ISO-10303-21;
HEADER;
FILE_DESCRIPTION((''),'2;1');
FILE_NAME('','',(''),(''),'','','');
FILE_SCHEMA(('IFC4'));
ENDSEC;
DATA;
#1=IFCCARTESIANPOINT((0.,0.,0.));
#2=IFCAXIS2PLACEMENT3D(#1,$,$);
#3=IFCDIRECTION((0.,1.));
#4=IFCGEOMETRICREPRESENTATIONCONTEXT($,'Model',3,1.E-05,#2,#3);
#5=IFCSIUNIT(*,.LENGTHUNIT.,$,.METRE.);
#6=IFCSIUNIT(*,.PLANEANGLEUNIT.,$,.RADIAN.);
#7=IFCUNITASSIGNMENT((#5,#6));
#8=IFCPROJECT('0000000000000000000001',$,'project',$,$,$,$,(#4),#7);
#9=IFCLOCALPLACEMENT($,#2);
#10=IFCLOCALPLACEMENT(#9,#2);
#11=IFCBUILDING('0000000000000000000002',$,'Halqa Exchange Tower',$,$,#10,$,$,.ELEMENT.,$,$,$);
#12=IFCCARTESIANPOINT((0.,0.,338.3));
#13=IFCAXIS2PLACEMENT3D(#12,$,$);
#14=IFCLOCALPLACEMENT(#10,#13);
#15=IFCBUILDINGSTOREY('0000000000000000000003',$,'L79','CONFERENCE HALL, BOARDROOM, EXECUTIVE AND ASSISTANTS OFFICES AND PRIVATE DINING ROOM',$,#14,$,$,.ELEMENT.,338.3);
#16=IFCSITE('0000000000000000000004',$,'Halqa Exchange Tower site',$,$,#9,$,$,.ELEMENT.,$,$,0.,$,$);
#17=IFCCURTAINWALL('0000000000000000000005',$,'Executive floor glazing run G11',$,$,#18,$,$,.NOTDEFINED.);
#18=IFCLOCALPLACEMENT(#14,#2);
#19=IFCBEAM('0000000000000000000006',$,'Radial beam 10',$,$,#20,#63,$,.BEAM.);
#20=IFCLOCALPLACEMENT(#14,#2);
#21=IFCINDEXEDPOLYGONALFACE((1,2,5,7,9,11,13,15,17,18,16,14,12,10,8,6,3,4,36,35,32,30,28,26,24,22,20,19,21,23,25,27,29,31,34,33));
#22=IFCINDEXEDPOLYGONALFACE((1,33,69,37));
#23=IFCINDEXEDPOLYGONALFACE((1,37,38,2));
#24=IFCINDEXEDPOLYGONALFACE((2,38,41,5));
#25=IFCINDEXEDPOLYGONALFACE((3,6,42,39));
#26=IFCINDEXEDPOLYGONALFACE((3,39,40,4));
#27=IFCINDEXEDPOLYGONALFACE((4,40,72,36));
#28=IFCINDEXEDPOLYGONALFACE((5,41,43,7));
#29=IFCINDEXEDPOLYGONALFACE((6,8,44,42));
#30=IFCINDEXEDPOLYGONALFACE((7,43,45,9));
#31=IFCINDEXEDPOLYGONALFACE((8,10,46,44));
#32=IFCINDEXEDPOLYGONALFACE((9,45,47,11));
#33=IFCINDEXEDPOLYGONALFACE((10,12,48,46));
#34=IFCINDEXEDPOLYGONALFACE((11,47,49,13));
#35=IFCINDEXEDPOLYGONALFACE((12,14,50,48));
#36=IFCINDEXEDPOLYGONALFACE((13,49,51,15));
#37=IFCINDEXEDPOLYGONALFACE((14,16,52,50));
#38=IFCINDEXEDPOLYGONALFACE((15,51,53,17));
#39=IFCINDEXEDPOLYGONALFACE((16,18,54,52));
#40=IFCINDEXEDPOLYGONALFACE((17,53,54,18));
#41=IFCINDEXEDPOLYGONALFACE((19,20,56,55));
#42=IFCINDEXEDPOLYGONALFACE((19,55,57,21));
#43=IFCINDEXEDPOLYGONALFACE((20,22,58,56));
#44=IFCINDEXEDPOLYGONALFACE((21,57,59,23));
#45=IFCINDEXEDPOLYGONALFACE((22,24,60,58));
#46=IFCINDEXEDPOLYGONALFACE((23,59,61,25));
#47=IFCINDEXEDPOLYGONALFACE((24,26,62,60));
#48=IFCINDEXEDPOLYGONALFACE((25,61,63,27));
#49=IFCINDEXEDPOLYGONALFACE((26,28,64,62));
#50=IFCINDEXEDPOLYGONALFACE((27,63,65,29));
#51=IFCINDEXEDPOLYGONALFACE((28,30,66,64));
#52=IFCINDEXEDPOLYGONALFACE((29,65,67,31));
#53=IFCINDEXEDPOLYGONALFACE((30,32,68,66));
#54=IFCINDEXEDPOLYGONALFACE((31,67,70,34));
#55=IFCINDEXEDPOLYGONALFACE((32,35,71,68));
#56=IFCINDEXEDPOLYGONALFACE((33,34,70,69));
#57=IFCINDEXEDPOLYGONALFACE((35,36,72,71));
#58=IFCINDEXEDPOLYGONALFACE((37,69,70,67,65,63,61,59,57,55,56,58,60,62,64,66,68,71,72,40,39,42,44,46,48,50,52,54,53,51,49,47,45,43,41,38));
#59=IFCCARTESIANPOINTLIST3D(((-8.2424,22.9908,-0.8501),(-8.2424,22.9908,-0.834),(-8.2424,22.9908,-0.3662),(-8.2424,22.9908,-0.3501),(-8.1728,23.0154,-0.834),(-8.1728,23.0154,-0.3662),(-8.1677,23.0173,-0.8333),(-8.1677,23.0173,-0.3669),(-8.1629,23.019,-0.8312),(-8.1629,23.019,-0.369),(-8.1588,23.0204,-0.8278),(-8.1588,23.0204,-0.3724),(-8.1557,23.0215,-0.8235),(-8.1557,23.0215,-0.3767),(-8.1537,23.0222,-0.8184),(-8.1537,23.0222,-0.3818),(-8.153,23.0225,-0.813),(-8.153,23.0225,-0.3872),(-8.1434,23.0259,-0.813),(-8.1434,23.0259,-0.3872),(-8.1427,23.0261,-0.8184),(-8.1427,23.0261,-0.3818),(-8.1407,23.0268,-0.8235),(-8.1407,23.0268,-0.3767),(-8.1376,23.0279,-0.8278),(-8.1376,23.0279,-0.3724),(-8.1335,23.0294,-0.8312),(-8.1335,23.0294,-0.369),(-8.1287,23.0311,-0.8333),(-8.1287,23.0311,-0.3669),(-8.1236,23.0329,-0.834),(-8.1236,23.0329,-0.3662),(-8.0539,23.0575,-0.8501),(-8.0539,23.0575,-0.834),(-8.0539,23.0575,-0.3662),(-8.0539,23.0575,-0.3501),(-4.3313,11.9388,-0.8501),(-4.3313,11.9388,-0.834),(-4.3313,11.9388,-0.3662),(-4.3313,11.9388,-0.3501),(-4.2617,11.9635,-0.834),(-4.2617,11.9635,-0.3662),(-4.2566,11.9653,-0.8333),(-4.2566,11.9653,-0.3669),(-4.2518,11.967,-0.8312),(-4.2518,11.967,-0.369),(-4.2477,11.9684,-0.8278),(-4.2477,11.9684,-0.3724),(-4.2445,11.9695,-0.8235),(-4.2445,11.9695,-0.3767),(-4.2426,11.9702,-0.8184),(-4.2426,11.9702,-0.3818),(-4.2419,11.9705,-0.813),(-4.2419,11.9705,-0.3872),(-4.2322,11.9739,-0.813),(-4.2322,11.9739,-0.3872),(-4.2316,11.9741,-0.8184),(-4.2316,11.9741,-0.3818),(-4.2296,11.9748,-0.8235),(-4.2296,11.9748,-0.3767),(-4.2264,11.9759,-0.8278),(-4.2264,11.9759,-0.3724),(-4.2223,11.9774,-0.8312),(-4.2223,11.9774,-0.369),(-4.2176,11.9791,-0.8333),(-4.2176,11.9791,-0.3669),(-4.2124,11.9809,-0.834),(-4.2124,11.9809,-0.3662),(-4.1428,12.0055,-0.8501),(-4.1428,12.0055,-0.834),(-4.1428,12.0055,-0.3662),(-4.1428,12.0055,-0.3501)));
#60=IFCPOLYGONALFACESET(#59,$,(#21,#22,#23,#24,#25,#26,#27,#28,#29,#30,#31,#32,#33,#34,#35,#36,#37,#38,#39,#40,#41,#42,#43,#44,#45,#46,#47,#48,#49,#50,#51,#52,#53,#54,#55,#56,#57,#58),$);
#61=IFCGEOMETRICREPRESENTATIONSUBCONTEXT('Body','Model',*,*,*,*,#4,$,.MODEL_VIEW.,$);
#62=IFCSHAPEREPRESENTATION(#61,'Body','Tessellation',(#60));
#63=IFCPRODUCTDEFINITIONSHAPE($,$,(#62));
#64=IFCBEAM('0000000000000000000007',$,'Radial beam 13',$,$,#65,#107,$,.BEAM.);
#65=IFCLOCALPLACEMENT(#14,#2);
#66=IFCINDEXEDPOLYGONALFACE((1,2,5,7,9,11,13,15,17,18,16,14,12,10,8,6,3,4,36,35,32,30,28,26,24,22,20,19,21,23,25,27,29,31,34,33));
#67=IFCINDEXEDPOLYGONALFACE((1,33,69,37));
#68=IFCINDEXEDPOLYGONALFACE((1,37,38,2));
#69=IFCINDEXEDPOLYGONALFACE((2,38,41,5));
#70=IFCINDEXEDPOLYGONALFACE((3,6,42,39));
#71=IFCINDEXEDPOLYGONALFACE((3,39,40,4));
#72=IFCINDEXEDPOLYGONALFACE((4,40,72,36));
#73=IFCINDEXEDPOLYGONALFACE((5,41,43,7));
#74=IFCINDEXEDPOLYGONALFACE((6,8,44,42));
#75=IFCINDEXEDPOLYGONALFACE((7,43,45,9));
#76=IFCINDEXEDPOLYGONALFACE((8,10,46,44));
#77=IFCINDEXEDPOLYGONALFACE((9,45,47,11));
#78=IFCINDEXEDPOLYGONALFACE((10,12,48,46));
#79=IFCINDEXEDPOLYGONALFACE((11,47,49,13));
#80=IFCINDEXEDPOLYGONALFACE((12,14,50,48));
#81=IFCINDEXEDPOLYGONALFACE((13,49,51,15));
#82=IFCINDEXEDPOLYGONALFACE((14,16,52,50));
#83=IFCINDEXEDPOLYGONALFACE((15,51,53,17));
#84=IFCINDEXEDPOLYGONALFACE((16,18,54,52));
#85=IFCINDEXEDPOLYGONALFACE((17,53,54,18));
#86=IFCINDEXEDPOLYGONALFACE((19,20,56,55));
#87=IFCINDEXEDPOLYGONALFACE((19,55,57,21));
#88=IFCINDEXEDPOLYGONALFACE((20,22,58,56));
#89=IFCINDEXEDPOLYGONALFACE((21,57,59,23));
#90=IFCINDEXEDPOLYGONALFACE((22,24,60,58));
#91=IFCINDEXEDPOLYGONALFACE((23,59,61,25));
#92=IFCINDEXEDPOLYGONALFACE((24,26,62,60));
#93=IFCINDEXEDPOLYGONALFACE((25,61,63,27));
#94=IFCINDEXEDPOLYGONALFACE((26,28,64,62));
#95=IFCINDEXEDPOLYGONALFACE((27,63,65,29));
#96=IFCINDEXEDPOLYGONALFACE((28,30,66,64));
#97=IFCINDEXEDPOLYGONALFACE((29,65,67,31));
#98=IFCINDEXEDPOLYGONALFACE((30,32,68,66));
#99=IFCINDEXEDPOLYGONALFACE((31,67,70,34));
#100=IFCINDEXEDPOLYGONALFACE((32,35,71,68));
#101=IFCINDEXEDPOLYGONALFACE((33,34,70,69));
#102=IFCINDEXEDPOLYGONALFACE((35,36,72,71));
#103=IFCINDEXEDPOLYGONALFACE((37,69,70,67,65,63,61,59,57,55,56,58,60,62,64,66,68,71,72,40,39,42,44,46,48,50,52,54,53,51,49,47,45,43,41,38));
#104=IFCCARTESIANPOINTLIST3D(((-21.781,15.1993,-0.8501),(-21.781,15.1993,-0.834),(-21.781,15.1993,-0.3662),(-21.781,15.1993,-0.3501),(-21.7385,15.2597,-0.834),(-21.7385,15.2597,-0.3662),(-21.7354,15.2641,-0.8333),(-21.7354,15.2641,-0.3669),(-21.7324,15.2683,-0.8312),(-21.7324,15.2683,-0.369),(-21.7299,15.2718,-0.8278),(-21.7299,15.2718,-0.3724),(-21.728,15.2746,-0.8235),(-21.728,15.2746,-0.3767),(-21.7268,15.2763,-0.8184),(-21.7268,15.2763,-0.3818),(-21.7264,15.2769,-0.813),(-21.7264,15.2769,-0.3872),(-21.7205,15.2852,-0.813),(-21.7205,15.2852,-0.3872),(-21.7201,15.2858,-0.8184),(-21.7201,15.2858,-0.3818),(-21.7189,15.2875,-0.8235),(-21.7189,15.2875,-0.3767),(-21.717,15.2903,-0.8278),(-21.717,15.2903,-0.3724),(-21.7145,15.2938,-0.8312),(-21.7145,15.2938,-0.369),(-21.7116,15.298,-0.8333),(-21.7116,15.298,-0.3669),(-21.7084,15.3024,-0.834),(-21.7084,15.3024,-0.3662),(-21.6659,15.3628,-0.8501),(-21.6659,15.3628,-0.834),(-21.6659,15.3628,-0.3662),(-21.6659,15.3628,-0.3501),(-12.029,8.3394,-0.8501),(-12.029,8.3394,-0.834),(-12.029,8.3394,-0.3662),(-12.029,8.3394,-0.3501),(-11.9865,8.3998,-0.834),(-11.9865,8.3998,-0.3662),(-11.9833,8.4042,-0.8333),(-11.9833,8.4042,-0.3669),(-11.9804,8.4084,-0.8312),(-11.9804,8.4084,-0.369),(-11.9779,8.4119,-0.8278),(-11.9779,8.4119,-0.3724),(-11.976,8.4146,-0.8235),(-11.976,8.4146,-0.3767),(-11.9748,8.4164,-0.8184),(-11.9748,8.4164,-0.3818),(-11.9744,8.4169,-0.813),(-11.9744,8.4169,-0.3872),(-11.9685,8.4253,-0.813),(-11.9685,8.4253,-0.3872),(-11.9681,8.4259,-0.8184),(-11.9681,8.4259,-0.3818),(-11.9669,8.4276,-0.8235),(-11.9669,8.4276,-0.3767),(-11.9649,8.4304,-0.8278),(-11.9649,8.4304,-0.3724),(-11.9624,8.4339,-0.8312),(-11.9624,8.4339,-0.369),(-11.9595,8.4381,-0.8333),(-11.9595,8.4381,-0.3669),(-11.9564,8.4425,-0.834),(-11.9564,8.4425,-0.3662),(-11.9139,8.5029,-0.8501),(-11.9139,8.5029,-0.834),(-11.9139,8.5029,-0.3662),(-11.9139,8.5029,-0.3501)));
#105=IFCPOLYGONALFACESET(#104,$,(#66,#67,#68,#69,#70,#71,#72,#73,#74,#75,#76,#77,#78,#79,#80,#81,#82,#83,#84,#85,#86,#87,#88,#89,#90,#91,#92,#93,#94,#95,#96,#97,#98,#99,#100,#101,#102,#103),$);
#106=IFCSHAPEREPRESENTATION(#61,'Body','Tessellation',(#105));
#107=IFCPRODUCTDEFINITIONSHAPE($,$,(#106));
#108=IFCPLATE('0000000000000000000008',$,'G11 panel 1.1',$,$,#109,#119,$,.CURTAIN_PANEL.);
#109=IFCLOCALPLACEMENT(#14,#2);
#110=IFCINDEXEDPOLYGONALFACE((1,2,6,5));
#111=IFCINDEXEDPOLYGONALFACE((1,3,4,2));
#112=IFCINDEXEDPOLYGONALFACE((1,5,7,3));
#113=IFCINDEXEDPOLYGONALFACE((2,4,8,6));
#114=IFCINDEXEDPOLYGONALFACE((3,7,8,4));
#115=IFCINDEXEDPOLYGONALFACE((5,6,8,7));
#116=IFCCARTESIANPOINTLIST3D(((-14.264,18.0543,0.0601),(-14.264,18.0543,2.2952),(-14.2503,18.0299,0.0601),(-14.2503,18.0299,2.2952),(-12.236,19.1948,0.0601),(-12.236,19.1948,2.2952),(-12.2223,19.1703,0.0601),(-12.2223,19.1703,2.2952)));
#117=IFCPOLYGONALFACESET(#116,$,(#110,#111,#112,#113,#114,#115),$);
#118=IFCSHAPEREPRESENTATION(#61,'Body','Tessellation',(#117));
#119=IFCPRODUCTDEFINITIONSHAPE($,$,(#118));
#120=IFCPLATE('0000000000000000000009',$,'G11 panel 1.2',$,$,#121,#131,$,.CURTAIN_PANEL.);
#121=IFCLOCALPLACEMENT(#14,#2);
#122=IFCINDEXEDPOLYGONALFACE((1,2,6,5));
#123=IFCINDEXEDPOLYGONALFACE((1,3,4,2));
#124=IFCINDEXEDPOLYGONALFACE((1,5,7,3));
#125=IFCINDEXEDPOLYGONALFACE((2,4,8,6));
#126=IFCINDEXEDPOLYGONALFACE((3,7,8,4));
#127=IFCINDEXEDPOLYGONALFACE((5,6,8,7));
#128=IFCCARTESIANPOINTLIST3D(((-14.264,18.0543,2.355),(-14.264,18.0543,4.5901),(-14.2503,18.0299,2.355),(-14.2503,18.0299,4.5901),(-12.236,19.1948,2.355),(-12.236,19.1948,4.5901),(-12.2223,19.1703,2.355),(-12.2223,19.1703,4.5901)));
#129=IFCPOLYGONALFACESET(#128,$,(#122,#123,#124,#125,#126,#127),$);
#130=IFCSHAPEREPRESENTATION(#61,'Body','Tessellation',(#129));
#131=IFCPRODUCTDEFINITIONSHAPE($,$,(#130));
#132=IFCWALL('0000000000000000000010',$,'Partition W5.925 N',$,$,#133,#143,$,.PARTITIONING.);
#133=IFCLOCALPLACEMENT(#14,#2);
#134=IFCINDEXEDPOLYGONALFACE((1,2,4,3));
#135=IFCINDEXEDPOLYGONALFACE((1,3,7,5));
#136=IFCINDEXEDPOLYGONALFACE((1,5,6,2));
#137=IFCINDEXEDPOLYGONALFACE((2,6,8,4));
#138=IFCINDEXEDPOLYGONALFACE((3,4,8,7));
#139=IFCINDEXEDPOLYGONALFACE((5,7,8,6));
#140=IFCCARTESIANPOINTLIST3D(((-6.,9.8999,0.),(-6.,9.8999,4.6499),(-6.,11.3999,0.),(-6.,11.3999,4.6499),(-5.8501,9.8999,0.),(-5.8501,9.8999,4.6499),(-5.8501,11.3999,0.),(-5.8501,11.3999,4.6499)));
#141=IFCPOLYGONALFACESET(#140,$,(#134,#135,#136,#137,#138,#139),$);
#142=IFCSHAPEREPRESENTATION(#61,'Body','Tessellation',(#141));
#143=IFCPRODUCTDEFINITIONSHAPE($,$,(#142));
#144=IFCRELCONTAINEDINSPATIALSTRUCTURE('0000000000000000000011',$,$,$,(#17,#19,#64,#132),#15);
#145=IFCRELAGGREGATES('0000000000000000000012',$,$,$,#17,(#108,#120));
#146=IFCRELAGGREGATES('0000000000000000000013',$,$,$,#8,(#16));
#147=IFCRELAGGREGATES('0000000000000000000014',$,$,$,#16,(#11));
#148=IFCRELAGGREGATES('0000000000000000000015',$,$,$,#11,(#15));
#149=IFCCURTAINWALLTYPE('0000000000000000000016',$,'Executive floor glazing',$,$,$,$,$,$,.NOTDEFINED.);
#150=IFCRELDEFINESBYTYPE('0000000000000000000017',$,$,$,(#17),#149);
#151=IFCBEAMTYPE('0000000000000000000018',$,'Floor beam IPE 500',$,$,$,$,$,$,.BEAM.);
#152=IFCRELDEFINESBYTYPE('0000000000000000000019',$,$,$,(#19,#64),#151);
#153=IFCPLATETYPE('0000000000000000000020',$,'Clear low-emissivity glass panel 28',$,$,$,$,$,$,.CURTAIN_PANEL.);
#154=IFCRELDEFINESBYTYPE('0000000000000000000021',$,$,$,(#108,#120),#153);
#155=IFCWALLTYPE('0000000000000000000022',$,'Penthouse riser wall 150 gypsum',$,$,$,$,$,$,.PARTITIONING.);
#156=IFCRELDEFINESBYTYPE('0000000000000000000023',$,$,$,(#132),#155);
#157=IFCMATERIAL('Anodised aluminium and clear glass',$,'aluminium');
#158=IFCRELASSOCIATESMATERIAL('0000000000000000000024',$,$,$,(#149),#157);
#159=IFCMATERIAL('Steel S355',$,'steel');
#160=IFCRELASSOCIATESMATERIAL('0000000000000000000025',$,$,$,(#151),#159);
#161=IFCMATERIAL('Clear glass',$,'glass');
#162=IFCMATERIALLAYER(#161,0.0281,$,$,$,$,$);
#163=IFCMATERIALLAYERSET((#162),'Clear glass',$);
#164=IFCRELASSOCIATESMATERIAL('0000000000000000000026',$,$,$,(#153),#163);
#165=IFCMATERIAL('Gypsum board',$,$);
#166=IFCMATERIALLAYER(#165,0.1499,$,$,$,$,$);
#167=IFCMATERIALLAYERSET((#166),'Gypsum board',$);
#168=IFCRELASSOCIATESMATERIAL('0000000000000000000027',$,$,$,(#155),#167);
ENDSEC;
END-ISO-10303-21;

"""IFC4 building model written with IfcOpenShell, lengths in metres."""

from ifc_helpers import new_model, si_unit, direction, frame, frame_2d, origin, origin_2d, place, context, subcontext, project, spatial, rectangle, i_section, extrude, material, layer, layer_set, material_profile, profile_set, type_object, element, aggregate, save


model = new_model("IFC4")

# Units and contexts
model_context = context("Model", 3, precision=1e-05, world=origin(), true_north=direction((0.0, 1.0)))
body_context = subcontext(model_context, "Body", "Model", "MODEL_VIEW")
ifc_project = project(units=[si_unit("LENGTHUNIT", "METRE"), si_unit("PLANEANGLEUNIT", "RADIAN")], contexts=[model_context])

# Site, building, storey
site_placement = place(None, origin())
site = spatial("IfcSite", under=ifc_project, at=site_placement, Name="Halqa Exchange Tower site", CompositionType="ELEMENT", RefElevation=0.0)
building_placement = place(site_placement, origin())
building = spatial("IfcBuilding", under=site, at=building_placement, Name="Halqa Exchange Tower", CompositionType="ELEMENT")
storey_placement = place(building_placement, frame((0.0, 0.0, 338.3)))
storey = spatial("IfcBuildingStorey", under=building, at=storey_placement, Name="L79", Description="CONFERENCE HALL, BOARDROOM, EXECUTIVE AND ASSISTANTS OFFICES AND PRIVATE DINING ROOM", CompositionType="ELEMENT", Elevation=338.3)

# Curtain wall
ifc_material_1 = material(Name="Anodised aluminium and clear glass", Category="aluminium")
curtain_wall_type = type_object("IfcCurtainWallType", Name="Executive floor glazing", PredefinedType="NOTDEFINED", material=ifc_material_1)
curtain_wall_placement = place(storey_placement, origin())
curtain_wall = element("IfcCurtainWall", 1, at=curtain_wall_placement, inside=storey, type_object=curtain_wall_type, Name="Executive floor glazing run G11", PredefinedType="NOTDEFINED")

# Beams
ifc_material_2 = material(Name="Steel S355", Category="steel")
ifc_material_profile_1 = material_profile(ifc_material_2, i_section(OverallWidth=0.2, OverallDepth=0.5, WebThickness=0.0103, FlangeThickness=0.0161, FilletRadius=0.021, at=origin_2d()), Name="IPE 500")
ifc_profile_set_1 = profile_set([ifc_material_profile_1], Name="Steel S355")
beam_type_1 = type_object("IfcBeamType", Name="Floor beam IPE 500", PredefinedType="BEAM", material=ifc_profile_set_1)
beam_1_placement = place(storey_placement, frame((-4.2371, 11.9722, -0.6001), z_axis=(-0.333611, 0.942711, 0.0), x_axis=(-0.942711, -0.333611, 0.0)))
element("IfcBeam", 2, at=beam_1_placement, inside=storey, type_object=beam_type_1, Name="Radial beam 10", PredefinedType="BEAM", context=body_context, shape_type="SweptSolid", body=[
    extrude(i_section(OverallWidth=0.2, OverallDepth=0.5, WebThickness=0.0103, FlangeThickness=0.0161, FilletRadius=0.021, at=origin_2d()), origin(), (0.0, 0.0, 1.0), 11.7236),
])
beam_2_placement = place(storey_placement, frame((-11.9714, 8.4211, -0.6001), z_axis=(-0.81791, 0.575346, 0.0), x_axis=(-0.575346, -0.81791, 0.0)))
element("IfcBeam", 3, at=beam_2_placement, inside=storey, type_object=beam_type_1, Name="Radial beam 13", PredefinedType="BEAM", context=body_context, shape_type="SweptSolid", body=[
    extrude(i_section(OverallWidth=0.2, OverallDepth=0.5, WebThickness=0.0103, FlangeThickness=0.0161, FilletRadius=0.021, at=origin_2d()), origin(), (0.0, 0.0, 1.0), 11.9231),
])

# Plates
ifc_material_3 = material(Name="Clear glass", Category="glass")
ifc_layer_1 = layer(ifc_material_3, 0.0281)
ifc_layer_set_1 = layer_set([ifc_layer_1], Name="Clear glass")
plate_type = type_object("IfcPlateType", Name="Clear low-emissivity glass panel 28", PredefinedType="CURTAIN_PANEL", material=ifc_layer_set_1)
plate_1_placement = place(storey_placement, frame((-13.2432, 18.6123, 0.0601), z_axis=(0.0, 0.0, 1.0), x_axis=(-0.871634, -0.490158, 0.0)))
plate_1 = element("IfcPlate", 4, at=plate_1_placement, type_object=plate_type, Name="G11 panel 1.1", PredefinedType="CURTAIN_PANEL", context=body_context, shape_type="SweptSolid", body=[
    extrude(rectangle(XDim=2.3267, YDim=0.0281, at=origin_2d()), origin(), (0.0, 0.0, 1.0), 2.2351),
])
plate_2_placement = place(storey_placement, frame((-13.2432, 18.6123, 2.355), z_axis=(0.0, 0.0, 1.0), x_axis=(-0.871634, -0.490158, 0.0)))
plate_2 = element("IfcPlate", 5, at=plate_2_placement, type_object=plate_type, Name="G11 panel 1.2", PredefinedType="CURTAIN_PANEL", context=body_context, shape_type="SweptSolid", body=[
    extrude(rectangle(XDim=2.3267, YDim=0.0281, at=origin_2d()), origin(), (0.0, 0.0, 1.0), 2.2351),
])
aggregate(curtain_wall, [plate_1, plate_2])

# Wall
ifc_material_4 = material(Name="Gypsum board")
ifc_layer_2 = layer(ifc_material_4, 0.1499)
ifc_layer_set_2 = layer_set([ifc_layer_2], Name="Gypsum board")
wall_type_1 = type_object("IfcWallType", Name="Penthouse riser wall 150 gypsum", PredefinedType="PARTITIONING", material=ifc_layer_set_2)
wall_1_placement = place(storey_placement, frame((-5.925, 9.8999, 0.0), z_axis=(0.0, 0.0, 1.0), x_axis=(0.0, 1.0, 0.0)))
element("IfcWall", 6, at=wall_1_placement, inside=storey, type_object=wall_type_1, Name="Partition W5.925 N", PredefinedType="PARTITIONING", context=body_context, shape_type="SweptSolid", body=[
    extrude(rectangle(XDim=1.5, YDim=0.1499, at=frame_2d((0.75, 0.0))), origin(), (0.0, 0.0, 1.0), 4.6499),
])

save(model, "model.ifc")
